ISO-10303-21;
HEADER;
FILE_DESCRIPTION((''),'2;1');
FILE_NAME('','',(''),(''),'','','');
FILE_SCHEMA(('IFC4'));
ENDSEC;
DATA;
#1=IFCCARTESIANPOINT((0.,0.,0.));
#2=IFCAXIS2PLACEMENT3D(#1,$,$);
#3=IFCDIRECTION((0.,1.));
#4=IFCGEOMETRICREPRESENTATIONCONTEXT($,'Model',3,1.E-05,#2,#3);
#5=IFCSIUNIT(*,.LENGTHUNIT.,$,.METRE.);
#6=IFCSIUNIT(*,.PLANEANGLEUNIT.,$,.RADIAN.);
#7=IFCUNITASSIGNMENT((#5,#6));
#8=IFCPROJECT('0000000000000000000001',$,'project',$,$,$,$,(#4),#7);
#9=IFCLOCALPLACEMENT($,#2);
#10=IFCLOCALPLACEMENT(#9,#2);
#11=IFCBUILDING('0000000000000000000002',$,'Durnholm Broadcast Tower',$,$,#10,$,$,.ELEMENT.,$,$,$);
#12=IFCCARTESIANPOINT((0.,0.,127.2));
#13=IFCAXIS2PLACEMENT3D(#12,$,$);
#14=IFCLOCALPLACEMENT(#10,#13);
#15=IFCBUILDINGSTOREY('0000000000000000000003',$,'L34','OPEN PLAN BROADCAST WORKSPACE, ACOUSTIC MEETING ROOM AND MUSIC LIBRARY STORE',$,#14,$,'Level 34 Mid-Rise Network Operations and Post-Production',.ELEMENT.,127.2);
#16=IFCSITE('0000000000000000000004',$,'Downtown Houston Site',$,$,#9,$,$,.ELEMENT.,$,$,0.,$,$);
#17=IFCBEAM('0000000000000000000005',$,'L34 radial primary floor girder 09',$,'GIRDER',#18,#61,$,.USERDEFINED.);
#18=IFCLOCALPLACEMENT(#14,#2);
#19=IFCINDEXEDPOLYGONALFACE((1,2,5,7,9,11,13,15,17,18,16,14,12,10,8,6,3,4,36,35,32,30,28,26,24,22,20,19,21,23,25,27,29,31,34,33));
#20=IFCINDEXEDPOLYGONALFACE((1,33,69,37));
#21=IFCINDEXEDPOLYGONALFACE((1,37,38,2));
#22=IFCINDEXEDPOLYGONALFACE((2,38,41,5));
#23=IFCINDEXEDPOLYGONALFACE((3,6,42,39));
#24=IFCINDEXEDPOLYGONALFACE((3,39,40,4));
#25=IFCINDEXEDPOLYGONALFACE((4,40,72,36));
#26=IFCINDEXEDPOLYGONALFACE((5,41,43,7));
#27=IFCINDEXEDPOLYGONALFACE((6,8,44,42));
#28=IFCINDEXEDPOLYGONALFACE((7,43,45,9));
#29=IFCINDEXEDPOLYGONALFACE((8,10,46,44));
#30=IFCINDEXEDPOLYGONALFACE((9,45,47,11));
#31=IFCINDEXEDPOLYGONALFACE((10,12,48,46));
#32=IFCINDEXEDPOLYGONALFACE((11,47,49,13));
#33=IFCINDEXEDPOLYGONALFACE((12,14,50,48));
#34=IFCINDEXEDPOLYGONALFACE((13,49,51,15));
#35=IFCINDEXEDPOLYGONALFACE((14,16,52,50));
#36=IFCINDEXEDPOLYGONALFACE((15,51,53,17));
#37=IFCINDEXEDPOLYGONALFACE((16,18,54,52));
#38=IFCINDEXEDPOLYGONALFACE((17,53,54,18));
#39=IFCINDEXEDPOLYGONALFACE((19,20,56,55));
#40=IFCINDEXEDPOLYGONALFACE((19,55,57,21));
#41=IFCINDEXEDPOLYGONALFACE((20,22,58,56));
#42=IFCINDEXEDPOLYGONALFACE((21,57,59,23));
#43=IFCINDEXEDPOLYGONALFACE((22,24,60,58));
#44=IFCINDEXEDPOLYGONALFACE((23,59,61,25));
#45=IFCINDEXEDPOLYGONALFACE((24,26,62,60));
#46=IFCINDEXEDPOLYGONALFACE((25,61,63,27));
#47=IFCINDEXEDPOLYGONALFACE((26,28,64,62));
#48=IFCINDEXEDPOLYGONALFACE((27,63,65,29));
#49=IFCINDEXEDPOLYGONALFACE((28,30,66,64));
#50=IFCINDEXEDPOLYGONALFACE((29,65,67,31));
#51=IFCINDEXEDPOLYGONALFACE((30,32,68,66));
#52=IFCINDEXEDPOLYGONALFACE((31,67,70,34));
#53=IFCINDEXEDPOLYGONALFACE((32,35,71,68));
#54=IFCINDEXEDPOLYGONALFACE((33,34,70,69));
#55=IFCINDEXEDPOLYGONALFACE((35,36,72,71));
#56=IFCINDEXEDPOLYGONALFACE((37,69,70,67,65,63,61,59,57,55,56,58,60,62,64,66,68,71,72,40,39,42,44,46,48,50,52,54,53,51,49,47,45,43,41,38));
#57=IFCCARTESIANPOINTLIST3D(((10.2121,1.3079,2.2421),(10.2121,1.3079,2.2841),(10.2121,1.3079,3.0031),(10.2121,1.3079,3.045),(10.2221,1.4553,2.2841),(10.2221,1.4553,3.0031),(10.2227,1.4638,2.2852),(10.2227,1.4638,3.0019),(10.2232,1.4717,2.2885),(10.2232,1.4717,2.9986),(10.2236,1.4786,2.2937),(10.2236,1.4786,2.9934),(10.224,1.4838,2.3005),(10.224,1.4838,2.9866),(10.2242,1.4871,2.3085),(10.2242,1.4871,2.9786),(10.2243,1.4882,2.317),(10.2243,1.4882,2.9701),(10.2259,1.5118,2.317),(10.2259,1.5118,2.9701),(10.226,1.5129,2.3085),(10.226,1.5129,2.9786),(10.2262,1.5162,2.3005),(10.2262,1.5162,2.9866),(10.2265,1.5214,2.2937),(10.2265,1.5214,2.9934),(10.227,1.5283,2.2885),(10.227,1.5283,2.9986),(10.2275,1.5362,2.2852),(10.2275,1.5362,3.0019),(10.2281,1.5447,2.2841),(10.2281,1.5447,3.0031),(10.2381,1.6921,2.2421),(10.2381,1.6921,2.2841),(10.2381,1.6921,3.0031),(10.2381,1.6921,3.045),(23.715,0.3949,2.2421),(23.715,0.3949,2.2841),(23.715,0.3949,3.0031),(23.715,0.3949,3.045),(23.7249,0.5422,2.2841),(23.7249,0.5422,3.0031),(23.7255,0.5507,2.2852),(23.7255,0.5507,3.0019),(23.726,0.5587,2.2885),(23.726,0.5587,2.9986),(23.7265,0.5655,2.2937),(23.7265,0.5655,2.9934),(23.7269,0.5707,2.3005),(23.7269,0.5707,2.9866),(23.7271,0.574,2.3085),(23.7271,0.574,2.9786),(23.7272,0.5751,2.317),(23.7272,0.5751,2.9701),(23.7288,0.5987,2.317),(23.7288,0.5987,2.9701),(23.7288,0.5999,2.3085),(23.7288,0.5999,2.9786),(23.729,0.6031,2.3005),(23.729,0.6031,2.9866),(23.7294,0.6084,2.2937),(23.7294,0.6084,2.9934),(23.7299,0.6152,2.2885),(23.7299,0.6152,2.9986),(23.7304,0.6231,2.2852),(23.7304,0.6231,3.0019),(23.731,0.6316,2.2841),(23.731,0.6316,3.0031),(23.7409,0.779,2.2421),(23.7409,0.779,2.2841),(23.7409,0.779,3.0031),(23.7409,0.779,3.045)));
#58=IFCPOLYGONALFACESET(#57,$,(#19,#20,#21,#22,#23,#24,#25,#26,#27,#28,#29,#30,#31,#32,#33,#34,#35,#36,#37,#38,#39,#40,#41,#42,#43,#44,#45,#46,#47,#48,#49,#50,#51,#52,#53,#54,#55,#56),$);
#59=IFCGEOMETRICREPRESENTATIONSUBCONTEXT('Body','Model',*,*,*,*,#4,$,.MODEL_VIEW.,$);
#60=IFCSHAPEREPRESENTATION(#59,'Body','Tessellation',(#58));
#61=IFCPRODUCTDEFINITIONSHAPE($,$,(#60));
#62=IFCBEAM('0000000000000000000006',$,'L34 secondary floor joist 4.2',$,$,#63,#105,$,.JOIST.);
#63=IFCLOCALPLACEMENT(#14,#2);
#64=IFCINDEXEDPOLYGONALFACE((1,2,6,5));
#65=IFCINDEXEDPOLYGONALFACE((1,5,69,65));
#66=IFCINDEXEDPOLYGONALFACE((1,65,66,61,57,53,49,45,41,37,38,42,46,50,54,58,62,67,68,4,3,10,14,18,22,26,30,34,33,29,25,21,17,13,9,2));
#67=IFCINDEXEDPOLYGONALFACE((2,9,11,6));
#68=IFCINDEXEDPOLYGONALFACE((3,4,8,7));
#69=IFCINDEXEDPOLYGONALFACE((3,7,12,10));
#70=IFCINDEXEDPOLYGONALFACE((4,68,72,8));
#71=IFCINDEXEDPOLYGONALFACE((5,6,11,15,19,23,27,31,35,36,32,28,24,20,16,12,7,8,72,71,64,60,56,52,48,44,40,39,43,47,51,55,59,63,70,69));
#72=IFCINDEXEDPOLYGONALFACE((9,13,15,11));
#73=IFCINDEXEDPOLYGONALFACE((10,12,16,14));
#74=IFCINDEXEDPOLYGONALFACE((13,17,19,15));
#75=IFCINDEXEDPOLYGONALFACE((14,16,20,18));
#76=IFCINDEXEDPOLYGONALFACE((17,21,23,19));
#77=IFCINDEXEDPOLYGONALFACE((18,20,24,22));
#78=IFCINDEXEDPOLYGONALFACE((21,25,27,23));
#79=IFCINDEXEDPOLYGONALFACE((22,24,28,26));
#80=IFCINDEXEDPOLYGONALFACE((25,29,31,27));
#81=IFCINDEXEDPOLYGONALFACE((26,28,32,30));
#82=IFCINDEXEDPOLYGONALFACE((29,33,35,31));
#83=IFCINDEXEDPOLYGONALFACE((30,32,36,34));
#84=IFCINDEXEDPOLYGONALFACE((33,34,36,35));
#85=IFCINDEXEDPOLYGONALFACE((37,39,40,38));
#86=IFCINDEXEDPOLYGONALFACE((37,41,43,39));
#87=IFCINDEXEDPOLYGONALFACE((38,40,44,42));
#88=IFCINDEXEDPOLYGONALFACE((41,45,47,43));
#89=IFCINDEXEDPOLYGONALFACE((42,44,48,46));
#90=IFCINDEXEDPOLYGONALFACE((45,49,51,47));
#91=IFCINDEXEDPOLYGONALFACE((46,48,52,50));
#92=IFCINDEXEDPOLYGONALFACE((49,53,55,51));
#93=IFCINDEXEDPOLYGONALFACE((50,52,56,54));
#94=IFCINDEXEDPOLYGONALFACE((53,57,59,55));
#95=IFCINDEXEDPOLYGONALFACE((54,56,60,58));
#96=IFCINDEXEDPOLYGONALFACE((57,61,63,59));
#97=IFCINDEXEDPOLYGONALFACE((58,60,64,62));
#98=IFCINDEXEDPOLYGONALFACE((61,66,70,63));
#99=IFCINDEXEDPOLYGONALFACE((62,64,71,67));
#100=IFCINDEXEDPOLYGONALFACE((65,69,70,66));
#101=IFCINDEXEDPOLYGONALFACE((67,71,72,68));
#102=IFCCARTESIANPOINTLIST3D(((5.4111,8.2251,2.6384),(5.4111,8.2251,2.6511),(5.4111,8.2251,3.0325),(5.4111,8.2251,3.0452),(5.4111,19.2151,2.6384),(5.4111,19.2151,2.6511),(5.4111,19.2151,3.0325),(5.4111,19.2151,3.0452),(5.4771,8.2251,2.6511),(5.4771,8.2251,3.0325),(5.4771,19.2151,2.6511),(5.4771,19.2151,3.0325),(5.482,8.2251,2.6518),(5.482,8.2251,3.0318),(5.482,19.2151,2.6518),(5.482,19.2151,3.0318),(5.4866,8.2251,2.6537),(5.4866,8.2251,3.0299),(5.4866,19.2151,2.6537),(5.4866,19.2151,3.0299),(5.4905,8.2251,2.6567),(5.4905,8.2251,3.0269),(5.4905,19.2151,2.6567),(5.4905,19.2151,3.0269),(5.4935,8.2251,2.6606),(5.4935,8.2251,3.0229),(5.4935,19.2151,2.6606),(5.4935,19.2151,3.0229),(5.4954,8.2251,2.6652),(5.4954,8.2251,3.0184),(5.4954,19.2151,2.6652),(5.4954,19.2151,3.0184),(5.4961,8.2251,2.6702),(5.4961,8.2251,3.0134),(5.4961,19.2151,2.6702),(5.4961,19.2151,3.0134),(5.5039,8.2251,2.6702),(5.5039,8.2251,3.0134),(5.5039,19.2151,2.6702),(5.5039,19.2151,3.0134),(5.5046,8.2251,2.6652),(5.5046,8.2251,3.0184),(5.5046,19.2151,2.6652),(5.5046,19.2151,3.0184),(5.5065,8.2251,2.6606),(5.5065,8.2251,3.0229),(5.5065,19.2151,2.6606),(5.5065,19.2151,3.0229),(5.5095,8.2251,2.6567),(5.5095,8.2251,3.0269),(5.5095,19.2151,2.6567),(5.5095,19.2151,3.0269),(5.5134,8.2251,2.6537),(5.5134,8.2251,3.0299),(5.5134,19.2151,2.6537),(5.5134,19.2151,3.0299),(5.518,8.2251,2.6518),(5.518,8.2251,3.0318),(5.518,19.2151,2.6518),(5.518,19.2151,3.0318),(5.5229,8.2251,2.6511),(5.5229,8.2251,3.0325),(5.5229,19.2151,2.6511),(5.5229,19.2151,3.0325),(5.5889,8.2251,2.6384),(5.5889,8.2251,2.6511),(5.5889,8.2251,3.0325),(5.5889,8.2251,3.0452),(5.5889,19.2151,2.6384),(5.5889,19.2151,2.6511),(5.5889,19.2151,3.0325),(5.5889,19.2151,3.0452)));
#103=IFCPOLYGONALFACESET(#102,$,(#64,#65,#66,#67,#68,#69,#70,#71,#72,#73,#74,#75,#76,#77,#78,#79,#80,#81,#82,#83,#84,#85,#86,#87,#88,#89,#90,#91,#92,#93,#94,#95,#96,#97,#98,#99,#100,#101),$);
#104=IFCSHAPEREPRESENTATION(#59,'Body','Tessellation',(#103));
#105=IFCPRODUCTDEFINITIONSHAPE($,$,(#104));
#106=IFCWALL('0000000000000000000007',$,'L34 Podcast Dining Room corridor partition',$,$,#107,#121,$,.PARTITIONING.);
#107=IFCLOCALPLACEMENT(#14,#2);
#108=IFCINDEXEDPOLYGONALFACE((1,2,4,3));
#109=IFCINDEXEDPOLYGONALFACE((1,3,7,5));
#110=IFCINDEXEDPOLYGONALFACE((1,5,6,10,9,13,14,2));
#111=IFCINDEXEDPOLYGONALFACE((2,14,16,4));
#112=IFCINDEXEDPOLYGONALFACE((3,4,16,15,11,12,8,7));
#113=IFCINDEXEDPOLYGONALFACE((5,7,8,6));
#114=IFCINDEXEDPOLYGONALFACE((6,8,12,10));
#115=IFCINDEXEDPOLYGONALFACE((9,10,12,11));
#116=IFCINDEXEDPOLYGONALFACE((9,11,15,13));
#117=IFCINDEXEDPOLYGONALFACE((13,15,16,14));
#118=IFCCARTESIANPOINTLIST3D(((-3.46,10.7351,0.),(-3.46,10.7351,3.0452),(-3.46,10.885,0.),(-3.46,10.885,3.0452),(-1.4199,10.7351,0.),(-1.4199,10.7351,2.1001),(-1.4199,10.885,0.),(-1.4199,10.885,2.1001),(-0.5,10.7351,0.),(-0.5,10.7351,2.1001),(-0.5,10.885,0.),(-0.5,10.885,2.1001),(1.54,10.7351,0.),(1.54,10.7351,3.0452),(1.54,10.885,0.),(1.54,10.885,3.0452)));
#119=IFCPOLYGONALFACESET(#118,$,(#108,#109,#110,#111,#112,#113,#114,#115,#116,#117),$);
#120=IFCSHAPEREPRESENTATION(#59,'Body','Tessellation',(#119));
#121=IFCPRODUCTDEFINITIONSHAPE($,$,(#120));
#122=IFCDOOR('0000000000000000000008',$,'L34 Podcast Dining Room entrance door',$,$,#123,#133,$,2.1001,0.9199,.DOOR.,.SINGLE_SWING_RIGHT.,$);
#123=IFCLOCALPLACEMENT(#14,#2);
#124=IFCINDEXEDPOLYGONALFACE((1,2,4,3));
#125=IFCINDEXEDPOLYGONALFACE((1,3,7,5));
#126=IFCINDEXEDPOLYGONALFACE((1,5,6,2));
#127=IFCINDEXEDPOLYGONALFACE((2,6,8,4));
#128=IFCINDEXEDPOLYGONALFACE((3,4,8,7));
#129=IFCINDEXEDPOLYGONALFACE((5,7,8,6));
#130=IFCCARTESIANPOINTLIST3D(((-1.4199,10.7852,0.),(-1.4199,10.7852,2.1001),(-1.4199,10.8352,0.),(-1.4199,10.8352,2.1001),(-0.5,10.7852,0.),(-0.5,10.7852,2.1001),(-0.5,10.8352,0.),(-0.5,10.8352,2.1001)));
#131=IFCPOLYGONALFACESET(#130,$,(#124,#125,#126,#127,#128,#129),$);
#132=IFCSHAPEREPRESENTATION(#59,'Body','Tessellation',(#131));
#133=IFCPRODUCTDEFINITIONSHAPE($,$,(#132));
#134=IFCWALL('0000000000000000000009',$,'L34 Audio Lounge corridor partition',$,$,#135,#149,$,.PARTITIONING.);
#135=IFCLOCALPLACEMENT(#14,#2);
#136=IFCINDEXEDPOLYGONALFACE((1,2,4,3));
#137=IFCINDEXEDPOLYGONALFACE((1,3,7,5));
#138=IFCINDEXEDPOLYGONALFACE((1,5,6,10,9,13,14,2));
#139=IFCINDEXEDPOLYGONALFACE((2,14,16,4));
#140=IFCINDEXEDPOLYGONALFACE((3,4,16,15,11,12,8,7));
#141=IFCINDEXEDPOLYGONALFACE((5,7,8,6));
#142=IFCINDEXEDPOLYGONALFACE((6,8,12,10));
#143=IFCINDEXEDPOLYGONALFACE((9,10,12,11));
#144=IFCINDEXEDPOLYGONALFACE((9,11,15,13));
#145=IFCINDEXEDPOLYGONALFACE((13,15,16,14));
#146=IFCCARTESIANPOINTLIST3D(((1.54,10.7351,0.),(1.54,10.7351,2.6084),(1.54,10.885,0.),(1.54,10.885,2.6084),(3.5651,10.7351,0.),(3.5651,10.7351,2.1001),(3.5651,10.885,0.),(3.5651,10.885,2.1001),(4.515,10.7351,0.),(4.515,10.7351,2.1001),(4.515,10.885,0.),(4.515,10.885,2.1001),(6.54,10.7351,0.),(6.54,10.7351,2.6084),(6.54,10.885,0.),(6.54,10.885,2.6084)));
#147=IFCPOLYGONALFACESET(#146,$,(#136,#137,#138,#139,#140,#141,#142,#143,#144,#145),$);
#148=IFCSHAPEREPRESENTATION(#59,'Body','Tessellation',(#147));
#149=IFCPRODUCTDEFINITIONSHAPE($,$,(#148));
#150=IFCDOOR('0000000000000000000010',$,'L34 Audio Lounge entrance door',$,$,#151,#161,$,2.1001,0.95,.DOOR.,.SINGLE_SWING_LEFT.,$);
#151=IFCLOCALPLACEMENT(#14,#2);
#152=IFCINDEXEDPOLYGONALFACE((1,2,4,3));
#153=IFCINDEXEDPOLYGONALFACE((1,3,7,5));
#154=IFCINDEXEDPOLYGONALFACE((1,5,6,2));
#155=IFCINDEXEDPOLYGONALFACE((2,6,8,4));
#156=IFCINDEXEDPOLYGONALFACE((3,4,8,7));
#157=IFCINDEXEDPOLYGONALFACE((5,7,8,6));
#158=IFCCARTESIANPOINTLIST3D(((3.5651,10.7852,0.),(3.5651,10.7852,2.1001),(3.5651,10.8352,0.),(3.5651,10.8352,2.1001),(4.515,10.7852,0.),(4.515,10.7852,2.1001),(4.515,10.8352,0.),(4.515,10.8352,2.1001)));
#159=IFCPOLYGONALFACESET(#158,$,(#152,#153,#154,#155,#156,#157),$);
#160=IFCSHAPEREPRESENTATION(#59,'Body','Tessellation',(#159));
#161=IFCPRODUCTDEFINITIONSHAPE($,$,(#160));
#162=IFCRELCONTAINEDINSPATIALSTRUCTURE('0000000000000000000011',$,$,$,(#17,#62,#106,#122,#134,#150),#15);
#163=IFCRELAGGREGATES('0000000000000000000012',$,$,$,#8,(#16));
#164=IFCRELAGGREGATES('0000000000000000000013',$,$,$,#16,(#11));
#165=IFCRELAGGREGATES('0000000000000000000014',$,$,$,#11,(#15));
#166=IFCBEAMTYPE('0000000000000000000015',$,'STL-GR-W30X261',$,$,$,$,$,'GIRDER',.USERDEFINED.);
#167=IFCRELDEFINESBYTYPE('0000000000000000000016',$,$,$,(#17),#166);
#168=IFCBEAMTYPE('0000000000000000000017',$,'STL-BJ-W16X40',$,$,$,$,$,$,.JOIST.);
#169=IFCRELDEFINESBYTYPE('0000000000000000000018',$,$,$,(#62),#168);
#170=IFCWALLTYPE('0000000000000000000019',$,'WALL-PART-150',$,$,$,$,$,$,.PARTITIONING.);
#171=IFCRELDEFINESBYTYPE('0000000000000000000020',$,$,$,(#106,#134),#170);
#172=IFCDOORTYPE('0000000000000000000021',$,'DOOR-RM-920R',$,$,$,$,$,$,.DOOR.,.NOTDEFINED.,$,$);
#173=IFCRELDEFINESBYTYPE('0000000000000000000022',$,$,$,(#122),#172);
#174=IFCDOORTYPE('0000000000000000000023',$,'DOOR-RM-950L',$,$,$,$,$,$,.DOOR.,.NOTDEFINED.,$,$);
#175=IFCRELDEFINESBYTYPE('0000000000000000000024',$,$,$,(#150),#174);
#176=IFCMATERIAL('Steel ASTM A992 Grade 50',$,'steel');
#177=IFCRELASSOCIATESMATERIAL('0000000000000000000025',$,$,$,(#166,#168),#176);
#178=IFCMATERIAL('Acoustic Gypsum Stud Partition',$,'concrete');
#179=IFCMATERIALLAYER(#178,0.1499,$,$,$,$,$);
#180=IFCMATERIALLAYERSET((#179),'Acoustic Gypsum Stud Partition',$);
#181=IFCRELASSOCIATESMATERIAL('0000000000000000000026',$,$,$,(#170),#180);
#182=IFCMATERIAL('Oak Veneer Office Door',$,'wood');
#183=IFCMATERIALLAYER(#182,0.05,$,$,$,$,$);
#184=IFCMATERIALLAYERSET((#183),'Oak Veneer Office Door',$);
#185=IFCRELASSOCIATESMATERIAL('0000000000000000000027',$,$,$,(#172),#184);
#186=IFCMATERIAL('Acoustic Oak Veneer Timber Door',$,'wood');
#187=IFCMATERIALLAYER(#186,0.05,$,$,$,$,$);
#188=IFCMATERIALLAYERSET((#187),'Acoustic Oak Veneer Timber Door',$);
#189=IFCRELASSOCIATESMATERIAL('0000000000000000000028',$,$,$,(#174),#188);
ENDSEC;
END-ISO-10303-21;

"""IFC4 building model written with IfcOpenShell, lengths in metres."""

from ifc_helpers import new_model, si_unit, direction, frame, frame_2d, origin, origin_2d, place, context, subcontext, project, spatial, rectangle, i_section, extrude, source, transform, mapped, material, layer, layer_set, material_profile, profile_set, type_object, type_shapes, element, fill, save


model = new_model("IFC4")

# Units and contexts
model_context = context("Model", 3, precision=1e-05, world=origin(), true_north=direction((0.0, 1.0)))
body_context = subcontext(model_context, "Body", "Model", "MODEL_VIEW")
ifc_project = project(units=[si_unit("LENGTHUNIT", "METRE"), si_unit("PLANEANGLEUNIT", "RADIAN")], contexts=[model_context])

# Site, building, storey
site_placement = place(None, origin())
site = spatial("IfcSite", under=ifc_project, at=site_placement, Name="Downtown Houston Site", CompositionType="ELEMENT", RefElevation=0.0)
building_placement = place(site_placement, origin())
building = spatial("IfcBuilding", under=site, at=building_placement, Name="Durnholm Broadcast Tower", CompositionType="ELEMENT")
storey_placement = place(building_placement, frame((0.0, 0.0, 127.2)))
storey = spatial("IfcBuildingStorey", under=building, at=storey_placement, Name="L34", Description="OPEN PLAN BROADCAST WORKSPACE, ACOUSTIC MEETING ROOM AND MUSIC LIBRARY STORE", LongName="Level 34 Mid-Rise Network Operations and Post-Production", CompositionType="ELEMENT", Elevation=127.2)

# Beams
ifc_material_1 = material(Name="Steel ASTM A992 Grade 50", Category="steel")
ifc_material_profile_1 = material_profile(ifc_material_1, i_section(OverallWidth=0.385, OverallDepth=0.803, WebThickness=0.0237, FlangeThickness=0.042, FilletRadius=0.033, at=origin_2d()), Name="W30X261")
ifc_profile_set_1 = profile_set([ifc_material_profile_1], Name="Steel ASTM A992 Grade 50")
beam_type_1 = type_object("IfcBeamType", Name="STL-GR-W30X261", ElementType="GIRDER", PredefinedType="USERDEFINED", material=ifc_profile_set_1)
shared_shape_1 = source(origin(), body_context, "Body", "SweptSolid", [
    extrude(i_section(OverallWidth=0.385, OverallDepth=0.803, WebThickness=0.0237, FlangeThickness=0.042, FilletRadius=0.033, at=origin_2d()), origin(), (0.0, 0.0, 1.0), 13.5337),
])
beam_1_placement = place(storey_placement, frame((10.2251, 1.5, 2.6436), z_axis=(0.997721, -0.067467, 0.0), x_axis=(0.067467, 0.997721, 0.0)))
element("IfcBeam", 1, at=beam_1_placement, inside=storey, type_object=beam_type_1, Name="L34 radial primary floor girder 09", ObjectType="GIRDER", PredefinedType="USERDEFINED", context=body_context, shape_type="MappedRepresentation", body=[
    mapped(shared_shape_1, transform((0.0, 0.0, 0.0), x_axis=(1.0, 0.0, 0.0), y_axis=(0.0, 1.0, 0.0), z_axis=(0.0, 0.0, 1.0), scale=1.0)),
])
ifc_material_profile_2 = material_profile(ifc_material_1, i_section(OverallWidth=0.1777, OverallDepth=0.4067, WebThickness=0.0078, FlangeThickness=0.0127, FilletRadius=0.019, at=origin_2d()), Name="W16X40")
ifc_profile_set_2 = profile_set([ifc_material_profile_2], Name="Steel ASTM A992 Grade 50")
beam_type_2 = type_object("IfcBeamType", Name="STL-BJ-W16X40", PredefinedType="JOIST", material=ifc_profile_set_2)
shared_shape_2 = source(origin(), body_context, "Body", "SweptSolid", [
    extrude(i_section(OverallWidth=0.1777, OverallDepth=0.4067, WebThickness=0.0078, FlangeThickness=0.0127, FilletRadius=0.019, at=origin_2d()), origin(), (0.0, 0.0, 1.0), 10.99),
])
type_shapes(beam_type_2, [shared_shape_2])
beam_2_placement = place(storey_placement, frame((5.5, 8.2251, 2.8418), z_axis=(0.0, 1.0, 0.0), x_axis=(-1.0, 0.0, 0.0)))
element("IfcBeam", 2, at=beam_2_placement, inside=storey, type_object=beam_type_2, Name="L34 secondary floor joist 4.2", PredefinedType="JOIST", context=body_context, shape_type="MappedRepresentation", body=[
    mapped(shared_shape_2, transform((0.0, 0.0, 0.0), x_axis=(1.0, 0.0, 0.0), y_axis=(0.0, 1.0, 0.0), z_axis=(0.0, 0.0, 1.0), scale=1.0)),
])

# Walls, openings, doors
ifc_material_2 = material(Name="Acoustic Gypsum Stud Partition", Category="concrete")
ifc_layer_1 = layer(ifc_material_2, 0.1499)
ifc_layer_set_1 = layer_set([ifc_layer_1], Name="Acoustic Gypsum Stud Partition")
wall_type_1 = type_object("IfcWallType", Name="WALL-PART-150", PredefinedType="PARTITIONING", material=ifc_layer_set_1)
wall_1_placement = place(storey_placement, frame((1.54, 10.8101, 0.0), z_axis=(0.0, 0.0, 1.0), x_axis=(-1.0, 0.0, 0.0)))
wall_1 = element("IfcWall", 3, at=wall_1_placement, inside=storey, type_object=wall_type_1, Name="L34 Podcast Dining Room corridor partition", PredefinedType="PARTITIONING", context=body_context, shape_type="SweptSolid", body=[
    extrude(rectangle(XDim=5.0, YDim=0.1499, at=frame_2d((2.5, 0.0))), origin(), (0.0, 0.0, 1.0), 3.0452),
])
opening_1_placement = place(wall_1_placement, frame((2.04, 0.0, 0.0)))
opening_1 = element("IfcOpeningElement", 4, at=opening_1_placement, cuts=wall_1, PredefinedType="OPENING", context=body_context, shape_type="SweptSolid", body=[
    extrude(rectangle(XDim=0.9199, YDim=2.1001, at=frame_2d((0.46, 1.05))), frame((0.0, 0.085, 0.0), z_axis=(0.0, -1.0, 0.0), x_axis=(1.0, 0.0, 0.0)), (0.0, 0.0, 1.0), 0.1699),
])
ifc_material_3 = material(Name="Oak Veneer Office Door", Category="wood")
ifc_layer_2 = layer(ifc_material_3, 0.05)
ifc_layer_set_2 = layer_set([ifc_layer_2], Name="Oak Veneer Office Door")
door_type_1 = type_object("IfcDoorType", Name="DOOR-RM-920R", OperationType="NOTDEFINED", PredefinedType="DOOR", material=ifc_layer_set_2)
shared_shape_3 = source(origin(), body_context, "Body", "SweptSolid", [
    extrude(rectangle(XDim=0.9199, YDim=2.1001, at=frame_2d((0.46, 1.05))), frame((0.0, 0.0249, 0.0), z_axis=(0.0, -1.0, 0.0), x_axis=(1.0, 0.0, 0.0)), (0.0, 0.0, 1.0), 0.05),
])
type_shapes(door_type_1, [shared_shape_3])
door_1_placement = place(opening_1_placement, origin())
door_1 = element("IfcDoor", 5, at=door_1_placement, inside=storey, type_object=door_type_1, Name="L34 Podcast Dining Room entrance door", OperationType="SINGLE_SWING_RIGHT", OverallHeight=2.1001, OverallWidth=0.9199, PredefinedType="DOOR", context=body_context, shape_type="MappedRepresentation", body=[
    mapped(shared_shape_3, transform((0.0, 0.0, 0.0), x_axis=(1.0, 0.0, 0.0), y_axis=(0.0, 1.0, 0.0), z_axis=(0.0, 0.0, 1.0), scale=1.0)),
])
fill(opening_1, door_1)
wall_2_placement = place(storey_placement, frame((6.54, 10.8101, 0.0), z_axis=(0.0, 0.0, 1.0), x_axis=(-1.0, 0.0, 0.0)))
wall_2 = element("IfcWall", 6, at=wall_2_placement, inside=storey, type_object=wall_type_1, Name="L34 Audio Lounge corridor partition", PredefinedType="PARTITIONING", context=body_context, shape_type="SweptSolid", body=[
    extrude(rectangle(XDim=5.0, YDim=0.1499, at=frame_2d((2.5, 0.0))), origin(), (0.0, 0.0, 1.0), 2.6084),
])
opening_2_placement = place(wall_2_placement, frame((2.0249, 0.0, 0.0)))
opening_2 = element("IfcOpeningElement", 7, at=opening_2_placement, cuts=wall_2, PredefinedType="OPENING", context=body_context, shape_type="SweptSolid", body=[
    extrude(rectangle(XDim=0.95, YDim=2.1001, at=frame_2d((0.4751, 1.05))), frame((0.0, 0.085, 0.0), z_axis=(0.0, -1.0, 0.0), x_axis=(1.0, 0.0, 0.0)), (0.0, 0.0, 1.0), 0.1699),
])
ifc_material_4 = material(Name="Acoustic Oak Veneer Timber Door", Category="wood")
ifc_layer_3 = layer(ifc_material_4, 0.05)
ifc_layer_set_3 = layer_set([ifc_layer_3], Name="Acoustic Oak Veneer Timber Door")
door_type_2 = type_object("IfcDoorType", Name="DOOR-RM-950L", OperationType="NOTDEFINED", PredefinedType="DOOR", material=ifc_layer_set_3)
shared_shape_4 = source(origin(), body_context, "Body", "SweptSolid", [
    extrude(rectangle(XDim=0.95, YDim=2.1001, at=frame_2d((0.4751, 1.05))), frame((0.0, 0.0249, 0.0), z_axis=(0.0, -1.0, 0.0), x_axis=(1.0, 0.0, 0.0)), (0.0, 0.0, 1.0), 0.05),
])
type_shapes(door_type_2, [shared_shape_4])
door_2_placement = place(opening_2_placement, origin())
door_2 = element("IfcDoor", 8, at=door_2_placement, inside=storey, type_object=door_type_2, Name="L34 Audio Lounge entrance door", OperationType="SINGLE_SWING_LEFT", OverallHeight=2.1001, OverallWidth=0.95, PredefinedType="DOOR", context=body_context, shape_type="MappedRepresentation", body=[
    mapped(shared_shape_4, transform((0.0, 0.0, 0.0), x_axis=(1.0, 0.0, 0.0), y_axis=(0.0, 1.0, 0.0), z_axis=(0.0, 0.0, 1.0), scale=1.0)),
])
fill(opening_2, door_2)

save(model, "model.ifc")
